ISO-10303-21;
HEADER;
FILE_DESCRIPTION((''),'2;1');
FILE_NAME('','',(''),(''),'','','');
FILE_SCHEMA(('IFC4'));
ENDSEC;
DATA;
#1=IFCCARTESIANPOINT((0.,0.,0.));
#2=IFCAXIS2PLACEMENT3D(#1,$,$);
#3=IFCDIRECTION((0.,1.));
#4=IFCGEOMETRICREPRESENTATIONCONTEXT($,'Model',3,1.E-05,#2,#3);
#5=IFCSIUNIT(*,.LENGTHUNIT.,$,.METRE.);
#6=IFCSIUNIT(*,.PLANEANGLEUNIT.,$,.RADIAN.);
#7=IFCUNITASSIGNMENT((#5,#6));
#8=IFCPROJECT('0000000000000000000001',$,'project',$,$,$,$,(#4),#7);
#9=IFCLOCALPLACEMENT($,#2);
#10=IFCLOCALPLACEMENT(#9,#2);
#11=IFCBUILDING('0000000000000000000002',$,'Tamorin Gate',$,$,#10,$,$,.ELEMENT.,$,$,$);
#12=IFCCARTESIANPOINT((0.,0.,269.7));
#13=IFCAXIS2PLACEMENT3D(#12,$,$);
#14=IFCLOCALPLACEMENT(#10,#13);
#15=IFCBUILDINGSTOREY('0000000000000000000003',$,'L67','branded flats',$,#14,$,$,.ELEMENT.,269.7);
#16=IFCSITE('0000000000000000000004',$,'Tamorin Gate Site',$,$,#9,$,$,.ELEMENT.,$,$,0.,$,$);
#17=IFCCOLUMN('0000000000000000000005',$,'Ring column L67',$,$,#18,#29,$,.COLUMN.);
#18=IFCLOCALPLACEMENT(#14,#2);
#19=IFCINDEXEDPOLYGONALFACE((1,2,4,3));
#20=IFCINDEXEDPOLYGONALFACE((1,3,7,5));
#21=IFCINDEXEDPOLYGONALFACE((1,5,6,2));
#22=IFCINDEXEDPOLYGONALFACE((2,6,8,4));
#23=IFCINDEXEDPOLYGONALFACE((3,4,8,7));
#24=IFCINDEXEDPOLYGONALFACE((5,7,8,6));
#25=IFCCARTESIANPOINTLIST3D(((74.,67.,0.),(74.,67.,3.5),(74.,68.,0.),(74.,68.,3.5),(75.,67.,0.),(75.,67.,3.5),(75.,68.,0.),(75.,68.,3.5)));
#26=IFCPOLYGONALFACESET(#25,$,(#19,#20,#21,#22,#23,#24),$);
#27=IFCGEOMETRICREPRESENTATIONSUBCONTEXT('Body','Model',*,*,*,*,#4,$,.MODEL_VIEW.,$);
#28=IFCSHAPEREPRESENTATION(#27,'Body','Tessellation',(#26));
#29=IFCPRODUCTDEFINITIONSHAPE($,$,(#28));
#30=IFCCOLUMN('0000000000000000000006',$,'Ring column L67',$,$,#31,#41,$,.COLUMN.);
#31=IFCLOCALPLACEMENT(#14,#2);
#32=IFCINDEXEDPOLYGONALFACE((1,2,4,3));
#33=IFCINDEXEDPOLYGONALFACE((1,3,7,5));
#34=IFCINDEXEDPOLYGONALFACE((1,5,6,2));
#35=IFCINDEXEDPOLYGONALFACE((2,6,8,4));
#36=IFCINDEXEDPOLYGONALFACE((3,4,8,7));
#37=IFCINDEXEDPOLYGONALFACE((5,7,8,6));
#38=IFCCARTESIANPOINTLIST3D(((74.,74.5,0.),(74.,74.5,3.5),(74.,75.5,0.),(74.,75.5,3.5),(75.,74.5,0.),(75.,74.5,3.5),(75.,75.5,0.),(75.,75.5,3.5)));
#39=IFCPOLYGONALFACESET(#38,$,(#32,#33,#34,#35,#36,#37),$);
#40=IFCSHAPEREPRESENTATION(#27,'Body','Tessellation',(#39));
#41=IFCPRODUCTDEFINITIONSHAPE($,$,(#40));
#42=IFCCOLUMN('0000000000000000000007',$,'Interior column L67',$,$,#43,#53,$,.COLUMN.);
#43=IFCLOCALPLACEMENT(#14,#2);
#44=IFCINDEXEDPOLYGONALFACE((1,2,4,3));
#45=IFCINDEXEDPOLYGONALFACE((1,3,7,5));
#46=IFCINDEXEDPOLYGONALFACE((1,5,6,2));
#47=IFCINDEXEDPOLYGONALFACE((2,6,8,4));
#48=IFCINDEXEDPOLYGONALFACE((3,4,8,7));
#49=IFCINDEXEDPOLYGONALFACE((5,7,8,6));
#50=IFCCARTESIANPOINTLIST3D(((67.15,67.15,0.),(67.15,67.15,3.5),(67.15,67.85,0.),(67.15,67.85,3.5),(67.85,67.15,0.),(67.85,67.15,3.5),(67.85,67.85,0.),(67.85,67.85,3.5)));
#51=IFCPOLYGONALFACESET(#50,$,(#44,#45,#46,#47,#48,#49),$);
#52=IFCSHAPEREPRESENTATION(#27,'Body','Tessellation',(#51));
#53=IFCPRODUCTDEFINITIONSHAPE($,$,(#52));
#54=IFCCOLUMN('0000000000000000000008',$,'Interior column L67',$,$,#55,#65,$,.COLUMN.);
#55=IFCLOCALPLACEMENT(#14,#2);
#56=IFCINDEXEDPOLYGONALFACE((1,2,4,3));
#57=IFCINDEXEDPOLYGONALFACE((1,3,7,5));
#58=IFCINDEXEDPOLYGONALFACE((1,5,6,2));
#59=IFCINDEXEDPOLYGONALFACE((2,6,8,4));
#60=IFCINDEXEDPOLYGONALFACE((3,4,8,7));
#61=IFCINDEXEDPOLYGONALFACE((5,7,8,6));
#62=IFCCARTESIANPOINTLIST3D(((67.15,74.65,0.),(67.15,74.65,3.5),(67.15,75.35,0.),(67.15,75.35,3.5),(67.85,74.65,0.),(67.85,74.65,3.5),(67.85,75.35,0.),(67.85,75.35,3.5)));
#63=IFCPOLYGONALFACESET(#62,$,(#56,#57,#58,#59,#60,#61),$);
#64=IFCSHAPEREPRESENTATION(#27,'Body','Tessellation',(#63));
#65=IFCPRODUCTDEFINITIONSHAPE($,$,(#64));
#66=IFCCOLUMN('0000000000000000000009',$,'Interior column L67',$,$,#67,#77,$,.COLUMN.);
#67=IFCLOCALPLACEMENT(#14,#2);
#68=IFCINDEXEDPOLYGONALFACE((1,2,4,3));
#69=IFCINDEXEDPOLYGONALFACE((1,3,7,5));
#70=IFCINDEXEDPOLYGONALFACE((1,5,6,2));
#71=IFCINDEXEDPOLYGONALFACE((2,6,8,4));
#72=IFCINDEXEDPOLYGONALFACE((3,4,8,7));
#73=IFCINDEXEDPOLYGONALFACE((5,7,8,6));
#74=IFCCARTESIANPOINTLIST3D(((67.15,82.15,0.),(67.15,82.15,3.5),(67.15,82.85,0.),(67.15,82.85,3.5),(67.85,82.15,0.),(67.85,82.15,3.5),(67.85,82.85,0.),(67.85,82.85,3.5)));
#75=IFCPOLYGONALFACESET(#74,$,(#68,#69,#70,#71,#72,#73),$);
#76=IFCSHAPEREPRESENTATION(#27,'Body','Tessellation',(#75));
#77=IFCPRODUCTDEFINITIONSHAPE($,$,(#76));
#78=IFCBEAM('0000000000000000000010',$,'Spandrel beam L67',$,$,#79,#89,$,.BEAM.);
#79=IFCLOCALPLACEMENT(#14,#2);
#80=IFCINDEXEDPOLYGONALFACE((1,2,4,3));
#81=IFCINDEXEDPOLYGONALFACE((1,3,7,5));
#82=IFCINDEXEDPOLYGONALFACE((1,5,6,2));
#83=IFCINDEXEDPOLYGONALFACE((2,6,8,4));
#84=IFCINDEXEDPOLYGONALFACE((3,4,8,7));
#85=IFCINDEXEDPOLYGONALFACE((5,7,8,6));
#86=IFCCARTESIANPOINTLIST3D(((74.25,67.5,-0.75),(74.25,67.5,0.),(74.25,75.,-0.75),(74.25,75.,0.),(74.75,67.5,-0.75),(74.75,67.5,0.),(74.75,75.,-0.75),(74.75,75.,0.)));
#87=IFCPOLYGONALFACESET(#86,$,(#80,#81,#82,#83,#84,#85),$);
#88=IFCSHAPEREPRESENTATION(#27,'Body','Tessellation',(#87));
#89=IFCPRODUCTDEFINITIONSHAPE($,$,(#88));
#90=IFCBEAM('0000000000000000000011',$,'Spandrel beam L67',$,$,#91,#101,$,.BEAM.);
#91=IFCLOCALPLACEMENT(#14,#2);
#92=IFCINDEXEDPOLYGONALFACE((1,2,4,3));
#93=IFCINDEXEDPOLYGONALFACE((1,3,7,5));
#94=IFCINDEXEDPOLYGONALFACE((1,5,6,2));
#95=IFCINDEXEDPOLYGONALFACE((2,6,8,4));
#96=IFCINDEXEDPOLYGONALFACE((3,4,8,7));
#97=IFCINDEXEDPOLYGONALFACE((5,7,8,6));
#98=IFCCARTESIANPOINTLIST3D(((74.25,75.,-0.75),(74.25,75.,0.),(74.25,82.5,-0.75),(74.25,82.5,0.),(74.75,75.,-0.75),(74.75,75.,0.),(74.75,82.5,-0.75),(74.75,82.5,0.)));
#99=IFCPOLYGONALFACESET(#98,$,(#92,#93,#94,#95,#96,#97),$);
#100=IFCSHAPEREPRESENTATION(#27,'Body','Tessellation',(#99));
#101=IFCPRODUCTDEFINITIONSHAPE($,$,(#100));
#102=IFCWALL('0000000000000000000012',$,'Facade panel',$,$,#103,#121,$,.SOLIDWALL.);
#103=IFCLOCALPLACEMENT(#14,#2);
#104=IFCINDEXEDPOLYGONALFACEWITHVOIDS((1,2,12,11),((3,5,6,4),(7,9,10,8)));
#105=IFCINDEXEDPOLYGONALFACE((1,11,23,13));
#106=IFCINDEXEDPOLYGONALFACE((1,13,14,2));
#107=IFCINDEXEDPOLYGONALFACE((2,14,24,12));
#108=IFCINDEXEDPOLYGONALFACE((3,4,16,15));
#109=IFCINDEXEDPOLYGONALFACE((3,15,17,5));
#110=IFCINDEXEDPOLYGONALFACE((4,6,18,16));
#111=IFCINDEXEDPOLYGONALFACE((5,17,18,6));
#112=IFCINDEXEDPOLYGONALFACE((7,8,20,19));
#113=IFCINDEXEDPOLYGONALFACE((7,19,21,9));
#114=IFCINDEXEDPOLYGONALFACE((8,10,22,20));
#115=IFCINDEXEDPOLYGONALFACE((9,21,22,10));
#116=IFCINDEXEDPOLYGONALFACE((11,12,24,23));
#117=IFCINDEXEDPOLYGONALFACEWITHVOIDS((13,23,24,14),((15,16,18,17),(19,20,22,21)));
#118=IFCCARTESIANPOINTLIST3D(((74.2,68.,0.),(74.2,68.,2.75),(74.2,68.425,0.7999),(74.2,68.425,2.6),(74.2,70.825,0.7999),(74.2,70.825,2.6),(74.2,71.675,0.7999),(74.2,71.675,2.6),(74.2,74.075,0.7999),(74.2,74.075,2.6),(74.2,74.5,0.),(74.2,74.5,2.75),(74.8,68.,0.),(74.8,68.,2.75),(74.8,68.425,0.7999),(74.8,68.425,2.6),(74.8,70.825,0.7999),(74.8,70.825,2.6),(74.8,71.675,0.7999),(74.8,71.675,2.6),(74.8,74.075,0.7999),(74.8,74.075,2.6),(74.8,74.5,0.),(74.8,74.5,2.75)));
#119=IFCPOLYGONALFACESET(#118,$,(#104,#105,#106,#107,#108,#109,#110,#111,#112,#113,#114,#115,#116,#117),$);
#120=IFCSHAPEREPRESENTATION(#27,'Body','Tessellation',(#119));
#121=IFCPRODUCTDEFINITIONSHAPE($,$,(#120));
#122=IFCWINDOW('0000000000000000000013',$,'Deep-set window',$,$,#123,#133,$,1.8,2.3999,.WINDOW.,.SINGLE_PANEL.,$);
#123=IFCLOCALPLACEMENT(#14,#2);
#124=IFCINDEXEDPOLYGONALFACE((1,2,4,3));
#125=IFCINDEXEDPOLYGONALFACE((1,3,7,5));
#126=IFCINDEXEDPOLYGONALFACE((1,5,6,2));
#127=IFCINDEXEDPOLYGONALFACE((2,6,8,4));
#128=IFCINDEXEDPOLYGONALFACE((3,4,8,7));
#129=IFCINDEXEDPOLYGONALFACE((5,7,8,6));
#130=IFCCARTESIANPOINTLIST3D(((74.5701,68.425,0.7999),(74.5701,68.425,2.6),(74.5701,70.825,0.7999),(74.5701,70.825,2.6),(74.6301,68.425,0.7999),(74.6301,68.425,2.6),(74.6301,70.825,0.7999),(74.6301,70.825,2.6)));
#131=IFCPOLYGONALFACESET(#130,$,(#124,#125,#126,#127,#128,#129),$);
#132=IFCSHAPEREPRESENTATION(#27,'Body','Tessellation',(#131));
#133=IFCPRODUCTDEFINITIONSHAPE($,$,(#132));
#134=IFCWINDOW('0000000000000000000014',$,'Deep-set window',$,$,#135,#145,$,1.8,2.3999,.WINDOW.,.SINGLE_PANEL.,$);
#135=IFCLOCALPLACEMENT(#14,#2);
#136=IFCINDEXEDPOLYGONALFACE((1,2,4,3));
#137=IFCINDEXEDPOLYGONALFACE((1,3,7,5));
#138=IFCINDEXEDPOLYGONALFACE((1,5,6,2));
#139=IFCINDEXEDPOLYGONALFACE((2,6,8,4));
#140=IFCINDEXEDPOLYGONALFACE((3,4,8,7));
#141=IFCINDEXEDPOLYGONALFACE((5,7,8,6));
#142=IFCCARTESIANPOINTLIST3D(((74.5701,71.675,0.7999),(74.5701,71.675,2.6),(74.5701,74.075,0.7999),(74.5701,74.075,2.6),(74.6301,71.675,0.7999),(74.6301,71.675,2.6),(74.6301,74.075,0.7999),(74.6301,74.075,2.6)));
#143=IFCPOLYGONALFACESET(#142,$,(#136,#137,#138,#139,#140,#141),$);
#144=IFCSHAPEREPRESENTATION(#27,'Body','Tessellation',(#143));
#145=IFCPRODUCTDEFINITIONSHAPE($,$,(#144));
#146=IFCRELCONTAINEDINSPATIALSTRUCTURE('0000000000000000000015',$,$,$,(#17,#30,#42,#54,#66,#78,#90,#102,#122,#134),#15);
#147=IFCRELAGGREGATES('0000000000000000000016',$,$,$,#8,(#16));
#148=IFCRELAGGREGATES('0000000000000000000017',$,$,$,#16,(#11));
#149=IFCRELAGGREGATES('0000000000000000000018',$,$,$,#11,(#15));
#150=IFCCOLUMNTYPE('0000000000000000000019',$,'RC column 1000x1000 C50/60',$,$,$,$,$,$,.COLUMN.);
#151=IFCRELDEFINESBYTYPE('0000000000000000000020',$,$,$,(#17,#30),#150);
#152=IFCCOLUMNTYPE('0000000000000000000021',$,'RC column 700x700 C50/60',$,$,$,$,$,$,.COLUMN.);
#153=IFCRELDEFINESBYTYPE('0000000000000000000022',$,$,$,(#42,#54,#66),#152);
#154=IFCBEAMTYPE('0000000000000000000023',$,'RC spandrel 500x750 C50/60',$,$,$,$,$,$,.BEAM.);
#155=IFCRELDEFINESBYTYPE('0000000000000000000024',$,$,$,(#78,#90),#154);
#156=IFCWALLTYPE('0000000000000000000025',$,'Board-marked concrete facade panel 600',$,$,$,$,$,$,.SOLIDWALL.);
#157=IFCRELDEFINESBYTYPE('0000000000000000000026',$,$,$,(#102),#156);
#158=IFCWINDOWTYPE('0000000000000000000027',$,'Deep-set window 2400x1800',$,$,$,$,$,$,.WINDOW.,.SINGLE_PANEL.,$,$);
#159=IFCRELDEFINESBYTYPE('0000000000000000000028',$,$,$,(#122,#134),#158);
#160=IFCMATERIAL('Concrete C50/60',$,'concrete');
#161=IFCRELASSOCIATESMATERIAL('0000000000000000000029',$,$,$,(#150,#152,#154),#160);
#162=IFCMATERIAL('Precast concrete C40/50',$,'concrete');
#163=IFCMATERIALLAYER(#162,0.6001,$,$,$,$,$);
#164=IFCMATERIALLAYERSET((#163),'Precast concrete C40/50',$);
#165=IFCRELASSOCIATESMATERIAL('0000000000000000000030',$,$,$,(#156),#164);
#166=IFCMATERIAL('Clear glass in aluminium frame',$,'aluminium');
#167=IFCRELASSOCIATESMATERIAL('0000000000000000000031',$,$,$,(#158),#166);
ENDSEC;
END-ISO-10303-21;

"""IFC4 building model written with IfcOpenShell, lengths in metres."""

from ifc_helpers import new_model, si_unit, direction, frame, frame_2d, origin, origin_2d, place, context, subcontext, project, spatial, rectangle, extrude, material, layer, layer_set, material_profile, profile_set, type_object, element, fill, save


model = new_model("IFC4")

# Units and contexts
model_context = context("Model", 3, precision=1e-05, world=origin(), true_north=direction((0.0, 1.0)))
body_context = subcontext(model_context, "Body", "Model", "MODEL_VIEW")
ifc_project = project(units=[si_unit("LENGTHUNIT", "METRE"), si_unit("PLANEANGLEUNIT", "RADIAN")], contexts=[model_context])

# Site, building, storey
site_placement = place(None, origin())
site = spatial("IfcSite", under=ifc_project, at=site_placement, Name="Tamorin Gate Site", CompositionType="ELEMENT", RefElevation=0.0)
building_placement = place(site_placement, origin())
building = spatial("IfcBuilding", under=site, at=building_placement, Name="Tamorin Gate", CompositionType="ELEMENT")
storey_placement = place(building_placement, frame((0.0, 0.0, 269.7)))
storey = spatial("IfcBuildingStorey", under=building, at=storey_placement, Name="L67", Description="branded flats", CompositionType="ELEMENT", Elevation=269.7)

# Columns
ifc_material_1 = material(Name="Concrete C50/60", Category="concrete")
ifc_material_profile_1 = material_profile(ifc_material_1, rectangle(XDim=1.0, YDim=1.0, at=origin_2d()), Name="RC 1000x1000")
ifc_profile_set_1 = profile_set([ifc_material_profile_1], Name="Concrete C50/60")
column_type_1 = type_object("IfcColumnType", Name="RC column 1000x1000 C50/60", PredefinedType="COLUMN", material=ifc_profile_set_1)
for number, where, z_axis, x_axis, name in (
    (1, (74.5, 67.5, 0.0), (0.0, 0.0, 1.0), (1.0, 0.0, 0.0), "Ring column L67"),
    (2, (74.5, 75.0, 0.0), (0.0, 0.0, 1.0), (1.0, 0.0, 0.0), "Ring column L67"),
):
    element("IfcColumn", number, at=place(storey_placement, frame(where, z_axis=z_axis, x_axis=x_axis)), inside=storey, type_object=column_type_1, Name=name, PredefinedType="COLUMN", context=body_context, shape_type="SweptSolid", body=[
        extrude(rectangle(XDim=1.0, YDim=1.0, at=origin_2d()), origin(), (0.0, 0.0, 1.0), 3.5),
    ])
ifc_material_profile_2 = material_profile(ifc_material_1, rectangle(XDim=0.7, YDim=0.7, at=origin_2d()), Name="RC 700x700")
ifc_profile_set_2 = profile_set([ifc_material_profile_2], Name="Concrete C50/60")
column_type_2 = type_object("IfcColumnType", Name="RC column 700x700 C50/60", PredefinedType="COLUMN", material=ifc_profile_set_2)
for number, where, z_axis, x_axis, name in (
    (3, (67.5, 67.5, 0.0), (0.0, 0.0, 1.0), (1.0, 0.0, 0.0), "Interior column L67"),
    (4, (67.5, 75.0, 0.0), (0.0, 0.0, 1.0), (1.0, 0.0, 0.0), "Interior column L67"),
    (5, (67.5, 82.5, 0.0), (0.0, 0.0, 1.0), (1.0, 0.0, 0.0), "Interior column L67"),
):
    element("IfcColumn", number, at=place(storey_placement, frame(where, z_axis=z_axis, x_axis=x_axis)), inside=storey, type_object=column_type_2, Name=name, PredefinedType="COLUMN", context=body_context, shape_type="SweptSolid", body=[
        extrude(rectangle(XDim=0.7, YDim=0.7, at=origin_2d()), origin(), (0.0, 0.0, 1.0), 3.5),
    ])

# Beams
ifc_material_profile_3 = material_profile(ifc_material_1, rectangle(XDim=0.5, YDim=0.75, at=origin_2d()), Name="RC 500x750")
ifc_profile_set_3 = profile_set([ifc_material_profile_3], Name="Concrete C50/60")
beam_type = type_object("IfcBeamType", Name="RC spandrel 500x750 C50/60", PredefinedType="BEAM", material=ifc_profile_set_3)
for number, where, z_axis, x_axis, name in (
    (6, (74.5, 67.5, -0.375), (0.0, 1.0, 0.0), (-1.0, 0.0, 0.0), "Spandrel beam L67"),
    (7, (74.5, 75.0, -0.375), (0.0, 1.0, 0.0), (-1.0, 0.0, 0.0), "Spandrel beam L67"),
):
    element("IfcBeam", number, at=place(storey_placement, frame(where, z_axis=z_axis, x_axis=x_axis)), inside=storey, type_object=beam_type, Name=name, PredefinedType="BEAM", context=body_context, shape_type="SweptSolid", body=[
        extrude(rectangle(XDim=0.5, YDim=0.75, at=origin_2d()), origin(), (0.0, 0.0, 1.0), 7.5),
    ])

# Wall, openings, windows
ifc_material_2 = material(Name="Precast concrete C40/50", Category="concrete")
ifc_layer_1 = layer(ifc_material_2, 0.6001)
ifc_layer_set_1 = layer_set([ifc_layer_1], Name="Precast concrete C40/50")
wall_type_1 = type_object("IfcWallType", Name="Board-marked concrete facade panel 600", PredefinedType="SOLIDWALL", material=ifc_layer_set_1)
wall_1_placement = place(storey_placement, frame((74.5, 68.0, 0.0), z_axis=(0.0, 0.0, 1.0), x_axis=(0.0, 1.0, 0.0)))
wall_1 = element("IfcWall", 8, at=wall_1_placement, inside=storey, type_object=wall_type_1, Name="Facade panel", PredefinedType="SOLIDWALL", context=body_context, shape_type="SweptSolid", body=[
    extrude(rectangle(XDim=6.5, YDim=0.6001, at=frame_2d((3.25, 0.0))), origin(), (0.0, 0.0, 1.0), 2.75),
])
opening_1_placement = place(wall_1_placement, frame((0.425, 0.0, 0.8)))
opening_1 = element("IfcOpeningElement", 9, at=opening_1_placement, cuts=wall_1, PredefinedType="OPENING", context=body_context, shape_type="SweptSolid", body=[
    extrude(rectangle(XDim=2.3999, YDim=1.8, at=frame_2d((1.2, 0.8999))), frame((0.0, 0.3101, 0.0), z_axis=(0.0, -1.0, 0.0), x_axis=(1.0, 0.0, 0.0)), (0.0, 0.0, 1.0), 0.6201),
])
opening_2_placement = place(wall_1_placement, frame((3.675, 0.0, 0.8)))
opening_2 = element("IfcOpeningElement", 10, at=opening_2_placement, cuts=wall_1, PredefinedType="OPENING", context=body_context, shape_type="SweptSolid", body=[
    extrude(rectangle(XDim=2.3999, YDim=1.8, at=frame_2d((1.2, 0.8999))), frame((0.0, 0.3101, 0.0), z_axis=(0.0, -1.0, 0.0), x_axis=(1.0, 0.0, 0.0)), (0.0, 0.0, 1.0), 0.6201),
])
ifc_material_3 = material(Name="Clear glass in aluminium frame", Category="aluminium")
window_type = type_object("IfcWindowType", Name="Deep-set window 2400x1800", PartitioningType="SINGLE_PANEL", PredefinedType="WINDOW", material=ifc_material_3)
window_1_placement = place(opening_1_placement, origin())
window_1 = element("IfcWindow", 11, at=window_1_placement, inside=storey, type_object=window_type, Name="Deep-set window", OverallHeight=1.8, OverallWidth=2.3999, PartitioningType="SINGLE_PANEL", PredefinedType="WINDOW", context=body_context, shape_type="SweptSolid", body=[
    extrude(rectangle(XDim=2.3999, YDim=1.8, at=frame_2d((1.2, 0.8999))), frame((0.0, -0.0701, 0.0), z_axis=(0.0, -1.0, 0.0), x_axis=(1.0, 0.0, 0.0)), (0.0, 0.0, 1.0), 0.0601),
])
fill(opening_1, window_1)
window_2_placement = place(opening_2_placement, origin())
window_2 = element("IfcWindow", 12, at=window_2_placement, inside=storey, type_object=window_type, Name="Deep-set window", OverallHeight=1.8, OverallWidth=2.3999, PartitioningType="SINGLE_PANEL", PredefinedType="WINDOW", context=body_context, shape_type="SweptSolid", body=[
    extrude(rectangle(XDim=2.3999, YDim=1.8, at=frame_2d((1.2, 0.8999))), frame((0.0, -0.0701, 0.0), z_axis=(0.0, -1.0, 0.0), x_axis=(1.0, 0.0, 0.0)), (0.0, 0.0, 1.0), 0.0601),
])
fill(opening_2, window_2)

save(model, "model.ifc")
